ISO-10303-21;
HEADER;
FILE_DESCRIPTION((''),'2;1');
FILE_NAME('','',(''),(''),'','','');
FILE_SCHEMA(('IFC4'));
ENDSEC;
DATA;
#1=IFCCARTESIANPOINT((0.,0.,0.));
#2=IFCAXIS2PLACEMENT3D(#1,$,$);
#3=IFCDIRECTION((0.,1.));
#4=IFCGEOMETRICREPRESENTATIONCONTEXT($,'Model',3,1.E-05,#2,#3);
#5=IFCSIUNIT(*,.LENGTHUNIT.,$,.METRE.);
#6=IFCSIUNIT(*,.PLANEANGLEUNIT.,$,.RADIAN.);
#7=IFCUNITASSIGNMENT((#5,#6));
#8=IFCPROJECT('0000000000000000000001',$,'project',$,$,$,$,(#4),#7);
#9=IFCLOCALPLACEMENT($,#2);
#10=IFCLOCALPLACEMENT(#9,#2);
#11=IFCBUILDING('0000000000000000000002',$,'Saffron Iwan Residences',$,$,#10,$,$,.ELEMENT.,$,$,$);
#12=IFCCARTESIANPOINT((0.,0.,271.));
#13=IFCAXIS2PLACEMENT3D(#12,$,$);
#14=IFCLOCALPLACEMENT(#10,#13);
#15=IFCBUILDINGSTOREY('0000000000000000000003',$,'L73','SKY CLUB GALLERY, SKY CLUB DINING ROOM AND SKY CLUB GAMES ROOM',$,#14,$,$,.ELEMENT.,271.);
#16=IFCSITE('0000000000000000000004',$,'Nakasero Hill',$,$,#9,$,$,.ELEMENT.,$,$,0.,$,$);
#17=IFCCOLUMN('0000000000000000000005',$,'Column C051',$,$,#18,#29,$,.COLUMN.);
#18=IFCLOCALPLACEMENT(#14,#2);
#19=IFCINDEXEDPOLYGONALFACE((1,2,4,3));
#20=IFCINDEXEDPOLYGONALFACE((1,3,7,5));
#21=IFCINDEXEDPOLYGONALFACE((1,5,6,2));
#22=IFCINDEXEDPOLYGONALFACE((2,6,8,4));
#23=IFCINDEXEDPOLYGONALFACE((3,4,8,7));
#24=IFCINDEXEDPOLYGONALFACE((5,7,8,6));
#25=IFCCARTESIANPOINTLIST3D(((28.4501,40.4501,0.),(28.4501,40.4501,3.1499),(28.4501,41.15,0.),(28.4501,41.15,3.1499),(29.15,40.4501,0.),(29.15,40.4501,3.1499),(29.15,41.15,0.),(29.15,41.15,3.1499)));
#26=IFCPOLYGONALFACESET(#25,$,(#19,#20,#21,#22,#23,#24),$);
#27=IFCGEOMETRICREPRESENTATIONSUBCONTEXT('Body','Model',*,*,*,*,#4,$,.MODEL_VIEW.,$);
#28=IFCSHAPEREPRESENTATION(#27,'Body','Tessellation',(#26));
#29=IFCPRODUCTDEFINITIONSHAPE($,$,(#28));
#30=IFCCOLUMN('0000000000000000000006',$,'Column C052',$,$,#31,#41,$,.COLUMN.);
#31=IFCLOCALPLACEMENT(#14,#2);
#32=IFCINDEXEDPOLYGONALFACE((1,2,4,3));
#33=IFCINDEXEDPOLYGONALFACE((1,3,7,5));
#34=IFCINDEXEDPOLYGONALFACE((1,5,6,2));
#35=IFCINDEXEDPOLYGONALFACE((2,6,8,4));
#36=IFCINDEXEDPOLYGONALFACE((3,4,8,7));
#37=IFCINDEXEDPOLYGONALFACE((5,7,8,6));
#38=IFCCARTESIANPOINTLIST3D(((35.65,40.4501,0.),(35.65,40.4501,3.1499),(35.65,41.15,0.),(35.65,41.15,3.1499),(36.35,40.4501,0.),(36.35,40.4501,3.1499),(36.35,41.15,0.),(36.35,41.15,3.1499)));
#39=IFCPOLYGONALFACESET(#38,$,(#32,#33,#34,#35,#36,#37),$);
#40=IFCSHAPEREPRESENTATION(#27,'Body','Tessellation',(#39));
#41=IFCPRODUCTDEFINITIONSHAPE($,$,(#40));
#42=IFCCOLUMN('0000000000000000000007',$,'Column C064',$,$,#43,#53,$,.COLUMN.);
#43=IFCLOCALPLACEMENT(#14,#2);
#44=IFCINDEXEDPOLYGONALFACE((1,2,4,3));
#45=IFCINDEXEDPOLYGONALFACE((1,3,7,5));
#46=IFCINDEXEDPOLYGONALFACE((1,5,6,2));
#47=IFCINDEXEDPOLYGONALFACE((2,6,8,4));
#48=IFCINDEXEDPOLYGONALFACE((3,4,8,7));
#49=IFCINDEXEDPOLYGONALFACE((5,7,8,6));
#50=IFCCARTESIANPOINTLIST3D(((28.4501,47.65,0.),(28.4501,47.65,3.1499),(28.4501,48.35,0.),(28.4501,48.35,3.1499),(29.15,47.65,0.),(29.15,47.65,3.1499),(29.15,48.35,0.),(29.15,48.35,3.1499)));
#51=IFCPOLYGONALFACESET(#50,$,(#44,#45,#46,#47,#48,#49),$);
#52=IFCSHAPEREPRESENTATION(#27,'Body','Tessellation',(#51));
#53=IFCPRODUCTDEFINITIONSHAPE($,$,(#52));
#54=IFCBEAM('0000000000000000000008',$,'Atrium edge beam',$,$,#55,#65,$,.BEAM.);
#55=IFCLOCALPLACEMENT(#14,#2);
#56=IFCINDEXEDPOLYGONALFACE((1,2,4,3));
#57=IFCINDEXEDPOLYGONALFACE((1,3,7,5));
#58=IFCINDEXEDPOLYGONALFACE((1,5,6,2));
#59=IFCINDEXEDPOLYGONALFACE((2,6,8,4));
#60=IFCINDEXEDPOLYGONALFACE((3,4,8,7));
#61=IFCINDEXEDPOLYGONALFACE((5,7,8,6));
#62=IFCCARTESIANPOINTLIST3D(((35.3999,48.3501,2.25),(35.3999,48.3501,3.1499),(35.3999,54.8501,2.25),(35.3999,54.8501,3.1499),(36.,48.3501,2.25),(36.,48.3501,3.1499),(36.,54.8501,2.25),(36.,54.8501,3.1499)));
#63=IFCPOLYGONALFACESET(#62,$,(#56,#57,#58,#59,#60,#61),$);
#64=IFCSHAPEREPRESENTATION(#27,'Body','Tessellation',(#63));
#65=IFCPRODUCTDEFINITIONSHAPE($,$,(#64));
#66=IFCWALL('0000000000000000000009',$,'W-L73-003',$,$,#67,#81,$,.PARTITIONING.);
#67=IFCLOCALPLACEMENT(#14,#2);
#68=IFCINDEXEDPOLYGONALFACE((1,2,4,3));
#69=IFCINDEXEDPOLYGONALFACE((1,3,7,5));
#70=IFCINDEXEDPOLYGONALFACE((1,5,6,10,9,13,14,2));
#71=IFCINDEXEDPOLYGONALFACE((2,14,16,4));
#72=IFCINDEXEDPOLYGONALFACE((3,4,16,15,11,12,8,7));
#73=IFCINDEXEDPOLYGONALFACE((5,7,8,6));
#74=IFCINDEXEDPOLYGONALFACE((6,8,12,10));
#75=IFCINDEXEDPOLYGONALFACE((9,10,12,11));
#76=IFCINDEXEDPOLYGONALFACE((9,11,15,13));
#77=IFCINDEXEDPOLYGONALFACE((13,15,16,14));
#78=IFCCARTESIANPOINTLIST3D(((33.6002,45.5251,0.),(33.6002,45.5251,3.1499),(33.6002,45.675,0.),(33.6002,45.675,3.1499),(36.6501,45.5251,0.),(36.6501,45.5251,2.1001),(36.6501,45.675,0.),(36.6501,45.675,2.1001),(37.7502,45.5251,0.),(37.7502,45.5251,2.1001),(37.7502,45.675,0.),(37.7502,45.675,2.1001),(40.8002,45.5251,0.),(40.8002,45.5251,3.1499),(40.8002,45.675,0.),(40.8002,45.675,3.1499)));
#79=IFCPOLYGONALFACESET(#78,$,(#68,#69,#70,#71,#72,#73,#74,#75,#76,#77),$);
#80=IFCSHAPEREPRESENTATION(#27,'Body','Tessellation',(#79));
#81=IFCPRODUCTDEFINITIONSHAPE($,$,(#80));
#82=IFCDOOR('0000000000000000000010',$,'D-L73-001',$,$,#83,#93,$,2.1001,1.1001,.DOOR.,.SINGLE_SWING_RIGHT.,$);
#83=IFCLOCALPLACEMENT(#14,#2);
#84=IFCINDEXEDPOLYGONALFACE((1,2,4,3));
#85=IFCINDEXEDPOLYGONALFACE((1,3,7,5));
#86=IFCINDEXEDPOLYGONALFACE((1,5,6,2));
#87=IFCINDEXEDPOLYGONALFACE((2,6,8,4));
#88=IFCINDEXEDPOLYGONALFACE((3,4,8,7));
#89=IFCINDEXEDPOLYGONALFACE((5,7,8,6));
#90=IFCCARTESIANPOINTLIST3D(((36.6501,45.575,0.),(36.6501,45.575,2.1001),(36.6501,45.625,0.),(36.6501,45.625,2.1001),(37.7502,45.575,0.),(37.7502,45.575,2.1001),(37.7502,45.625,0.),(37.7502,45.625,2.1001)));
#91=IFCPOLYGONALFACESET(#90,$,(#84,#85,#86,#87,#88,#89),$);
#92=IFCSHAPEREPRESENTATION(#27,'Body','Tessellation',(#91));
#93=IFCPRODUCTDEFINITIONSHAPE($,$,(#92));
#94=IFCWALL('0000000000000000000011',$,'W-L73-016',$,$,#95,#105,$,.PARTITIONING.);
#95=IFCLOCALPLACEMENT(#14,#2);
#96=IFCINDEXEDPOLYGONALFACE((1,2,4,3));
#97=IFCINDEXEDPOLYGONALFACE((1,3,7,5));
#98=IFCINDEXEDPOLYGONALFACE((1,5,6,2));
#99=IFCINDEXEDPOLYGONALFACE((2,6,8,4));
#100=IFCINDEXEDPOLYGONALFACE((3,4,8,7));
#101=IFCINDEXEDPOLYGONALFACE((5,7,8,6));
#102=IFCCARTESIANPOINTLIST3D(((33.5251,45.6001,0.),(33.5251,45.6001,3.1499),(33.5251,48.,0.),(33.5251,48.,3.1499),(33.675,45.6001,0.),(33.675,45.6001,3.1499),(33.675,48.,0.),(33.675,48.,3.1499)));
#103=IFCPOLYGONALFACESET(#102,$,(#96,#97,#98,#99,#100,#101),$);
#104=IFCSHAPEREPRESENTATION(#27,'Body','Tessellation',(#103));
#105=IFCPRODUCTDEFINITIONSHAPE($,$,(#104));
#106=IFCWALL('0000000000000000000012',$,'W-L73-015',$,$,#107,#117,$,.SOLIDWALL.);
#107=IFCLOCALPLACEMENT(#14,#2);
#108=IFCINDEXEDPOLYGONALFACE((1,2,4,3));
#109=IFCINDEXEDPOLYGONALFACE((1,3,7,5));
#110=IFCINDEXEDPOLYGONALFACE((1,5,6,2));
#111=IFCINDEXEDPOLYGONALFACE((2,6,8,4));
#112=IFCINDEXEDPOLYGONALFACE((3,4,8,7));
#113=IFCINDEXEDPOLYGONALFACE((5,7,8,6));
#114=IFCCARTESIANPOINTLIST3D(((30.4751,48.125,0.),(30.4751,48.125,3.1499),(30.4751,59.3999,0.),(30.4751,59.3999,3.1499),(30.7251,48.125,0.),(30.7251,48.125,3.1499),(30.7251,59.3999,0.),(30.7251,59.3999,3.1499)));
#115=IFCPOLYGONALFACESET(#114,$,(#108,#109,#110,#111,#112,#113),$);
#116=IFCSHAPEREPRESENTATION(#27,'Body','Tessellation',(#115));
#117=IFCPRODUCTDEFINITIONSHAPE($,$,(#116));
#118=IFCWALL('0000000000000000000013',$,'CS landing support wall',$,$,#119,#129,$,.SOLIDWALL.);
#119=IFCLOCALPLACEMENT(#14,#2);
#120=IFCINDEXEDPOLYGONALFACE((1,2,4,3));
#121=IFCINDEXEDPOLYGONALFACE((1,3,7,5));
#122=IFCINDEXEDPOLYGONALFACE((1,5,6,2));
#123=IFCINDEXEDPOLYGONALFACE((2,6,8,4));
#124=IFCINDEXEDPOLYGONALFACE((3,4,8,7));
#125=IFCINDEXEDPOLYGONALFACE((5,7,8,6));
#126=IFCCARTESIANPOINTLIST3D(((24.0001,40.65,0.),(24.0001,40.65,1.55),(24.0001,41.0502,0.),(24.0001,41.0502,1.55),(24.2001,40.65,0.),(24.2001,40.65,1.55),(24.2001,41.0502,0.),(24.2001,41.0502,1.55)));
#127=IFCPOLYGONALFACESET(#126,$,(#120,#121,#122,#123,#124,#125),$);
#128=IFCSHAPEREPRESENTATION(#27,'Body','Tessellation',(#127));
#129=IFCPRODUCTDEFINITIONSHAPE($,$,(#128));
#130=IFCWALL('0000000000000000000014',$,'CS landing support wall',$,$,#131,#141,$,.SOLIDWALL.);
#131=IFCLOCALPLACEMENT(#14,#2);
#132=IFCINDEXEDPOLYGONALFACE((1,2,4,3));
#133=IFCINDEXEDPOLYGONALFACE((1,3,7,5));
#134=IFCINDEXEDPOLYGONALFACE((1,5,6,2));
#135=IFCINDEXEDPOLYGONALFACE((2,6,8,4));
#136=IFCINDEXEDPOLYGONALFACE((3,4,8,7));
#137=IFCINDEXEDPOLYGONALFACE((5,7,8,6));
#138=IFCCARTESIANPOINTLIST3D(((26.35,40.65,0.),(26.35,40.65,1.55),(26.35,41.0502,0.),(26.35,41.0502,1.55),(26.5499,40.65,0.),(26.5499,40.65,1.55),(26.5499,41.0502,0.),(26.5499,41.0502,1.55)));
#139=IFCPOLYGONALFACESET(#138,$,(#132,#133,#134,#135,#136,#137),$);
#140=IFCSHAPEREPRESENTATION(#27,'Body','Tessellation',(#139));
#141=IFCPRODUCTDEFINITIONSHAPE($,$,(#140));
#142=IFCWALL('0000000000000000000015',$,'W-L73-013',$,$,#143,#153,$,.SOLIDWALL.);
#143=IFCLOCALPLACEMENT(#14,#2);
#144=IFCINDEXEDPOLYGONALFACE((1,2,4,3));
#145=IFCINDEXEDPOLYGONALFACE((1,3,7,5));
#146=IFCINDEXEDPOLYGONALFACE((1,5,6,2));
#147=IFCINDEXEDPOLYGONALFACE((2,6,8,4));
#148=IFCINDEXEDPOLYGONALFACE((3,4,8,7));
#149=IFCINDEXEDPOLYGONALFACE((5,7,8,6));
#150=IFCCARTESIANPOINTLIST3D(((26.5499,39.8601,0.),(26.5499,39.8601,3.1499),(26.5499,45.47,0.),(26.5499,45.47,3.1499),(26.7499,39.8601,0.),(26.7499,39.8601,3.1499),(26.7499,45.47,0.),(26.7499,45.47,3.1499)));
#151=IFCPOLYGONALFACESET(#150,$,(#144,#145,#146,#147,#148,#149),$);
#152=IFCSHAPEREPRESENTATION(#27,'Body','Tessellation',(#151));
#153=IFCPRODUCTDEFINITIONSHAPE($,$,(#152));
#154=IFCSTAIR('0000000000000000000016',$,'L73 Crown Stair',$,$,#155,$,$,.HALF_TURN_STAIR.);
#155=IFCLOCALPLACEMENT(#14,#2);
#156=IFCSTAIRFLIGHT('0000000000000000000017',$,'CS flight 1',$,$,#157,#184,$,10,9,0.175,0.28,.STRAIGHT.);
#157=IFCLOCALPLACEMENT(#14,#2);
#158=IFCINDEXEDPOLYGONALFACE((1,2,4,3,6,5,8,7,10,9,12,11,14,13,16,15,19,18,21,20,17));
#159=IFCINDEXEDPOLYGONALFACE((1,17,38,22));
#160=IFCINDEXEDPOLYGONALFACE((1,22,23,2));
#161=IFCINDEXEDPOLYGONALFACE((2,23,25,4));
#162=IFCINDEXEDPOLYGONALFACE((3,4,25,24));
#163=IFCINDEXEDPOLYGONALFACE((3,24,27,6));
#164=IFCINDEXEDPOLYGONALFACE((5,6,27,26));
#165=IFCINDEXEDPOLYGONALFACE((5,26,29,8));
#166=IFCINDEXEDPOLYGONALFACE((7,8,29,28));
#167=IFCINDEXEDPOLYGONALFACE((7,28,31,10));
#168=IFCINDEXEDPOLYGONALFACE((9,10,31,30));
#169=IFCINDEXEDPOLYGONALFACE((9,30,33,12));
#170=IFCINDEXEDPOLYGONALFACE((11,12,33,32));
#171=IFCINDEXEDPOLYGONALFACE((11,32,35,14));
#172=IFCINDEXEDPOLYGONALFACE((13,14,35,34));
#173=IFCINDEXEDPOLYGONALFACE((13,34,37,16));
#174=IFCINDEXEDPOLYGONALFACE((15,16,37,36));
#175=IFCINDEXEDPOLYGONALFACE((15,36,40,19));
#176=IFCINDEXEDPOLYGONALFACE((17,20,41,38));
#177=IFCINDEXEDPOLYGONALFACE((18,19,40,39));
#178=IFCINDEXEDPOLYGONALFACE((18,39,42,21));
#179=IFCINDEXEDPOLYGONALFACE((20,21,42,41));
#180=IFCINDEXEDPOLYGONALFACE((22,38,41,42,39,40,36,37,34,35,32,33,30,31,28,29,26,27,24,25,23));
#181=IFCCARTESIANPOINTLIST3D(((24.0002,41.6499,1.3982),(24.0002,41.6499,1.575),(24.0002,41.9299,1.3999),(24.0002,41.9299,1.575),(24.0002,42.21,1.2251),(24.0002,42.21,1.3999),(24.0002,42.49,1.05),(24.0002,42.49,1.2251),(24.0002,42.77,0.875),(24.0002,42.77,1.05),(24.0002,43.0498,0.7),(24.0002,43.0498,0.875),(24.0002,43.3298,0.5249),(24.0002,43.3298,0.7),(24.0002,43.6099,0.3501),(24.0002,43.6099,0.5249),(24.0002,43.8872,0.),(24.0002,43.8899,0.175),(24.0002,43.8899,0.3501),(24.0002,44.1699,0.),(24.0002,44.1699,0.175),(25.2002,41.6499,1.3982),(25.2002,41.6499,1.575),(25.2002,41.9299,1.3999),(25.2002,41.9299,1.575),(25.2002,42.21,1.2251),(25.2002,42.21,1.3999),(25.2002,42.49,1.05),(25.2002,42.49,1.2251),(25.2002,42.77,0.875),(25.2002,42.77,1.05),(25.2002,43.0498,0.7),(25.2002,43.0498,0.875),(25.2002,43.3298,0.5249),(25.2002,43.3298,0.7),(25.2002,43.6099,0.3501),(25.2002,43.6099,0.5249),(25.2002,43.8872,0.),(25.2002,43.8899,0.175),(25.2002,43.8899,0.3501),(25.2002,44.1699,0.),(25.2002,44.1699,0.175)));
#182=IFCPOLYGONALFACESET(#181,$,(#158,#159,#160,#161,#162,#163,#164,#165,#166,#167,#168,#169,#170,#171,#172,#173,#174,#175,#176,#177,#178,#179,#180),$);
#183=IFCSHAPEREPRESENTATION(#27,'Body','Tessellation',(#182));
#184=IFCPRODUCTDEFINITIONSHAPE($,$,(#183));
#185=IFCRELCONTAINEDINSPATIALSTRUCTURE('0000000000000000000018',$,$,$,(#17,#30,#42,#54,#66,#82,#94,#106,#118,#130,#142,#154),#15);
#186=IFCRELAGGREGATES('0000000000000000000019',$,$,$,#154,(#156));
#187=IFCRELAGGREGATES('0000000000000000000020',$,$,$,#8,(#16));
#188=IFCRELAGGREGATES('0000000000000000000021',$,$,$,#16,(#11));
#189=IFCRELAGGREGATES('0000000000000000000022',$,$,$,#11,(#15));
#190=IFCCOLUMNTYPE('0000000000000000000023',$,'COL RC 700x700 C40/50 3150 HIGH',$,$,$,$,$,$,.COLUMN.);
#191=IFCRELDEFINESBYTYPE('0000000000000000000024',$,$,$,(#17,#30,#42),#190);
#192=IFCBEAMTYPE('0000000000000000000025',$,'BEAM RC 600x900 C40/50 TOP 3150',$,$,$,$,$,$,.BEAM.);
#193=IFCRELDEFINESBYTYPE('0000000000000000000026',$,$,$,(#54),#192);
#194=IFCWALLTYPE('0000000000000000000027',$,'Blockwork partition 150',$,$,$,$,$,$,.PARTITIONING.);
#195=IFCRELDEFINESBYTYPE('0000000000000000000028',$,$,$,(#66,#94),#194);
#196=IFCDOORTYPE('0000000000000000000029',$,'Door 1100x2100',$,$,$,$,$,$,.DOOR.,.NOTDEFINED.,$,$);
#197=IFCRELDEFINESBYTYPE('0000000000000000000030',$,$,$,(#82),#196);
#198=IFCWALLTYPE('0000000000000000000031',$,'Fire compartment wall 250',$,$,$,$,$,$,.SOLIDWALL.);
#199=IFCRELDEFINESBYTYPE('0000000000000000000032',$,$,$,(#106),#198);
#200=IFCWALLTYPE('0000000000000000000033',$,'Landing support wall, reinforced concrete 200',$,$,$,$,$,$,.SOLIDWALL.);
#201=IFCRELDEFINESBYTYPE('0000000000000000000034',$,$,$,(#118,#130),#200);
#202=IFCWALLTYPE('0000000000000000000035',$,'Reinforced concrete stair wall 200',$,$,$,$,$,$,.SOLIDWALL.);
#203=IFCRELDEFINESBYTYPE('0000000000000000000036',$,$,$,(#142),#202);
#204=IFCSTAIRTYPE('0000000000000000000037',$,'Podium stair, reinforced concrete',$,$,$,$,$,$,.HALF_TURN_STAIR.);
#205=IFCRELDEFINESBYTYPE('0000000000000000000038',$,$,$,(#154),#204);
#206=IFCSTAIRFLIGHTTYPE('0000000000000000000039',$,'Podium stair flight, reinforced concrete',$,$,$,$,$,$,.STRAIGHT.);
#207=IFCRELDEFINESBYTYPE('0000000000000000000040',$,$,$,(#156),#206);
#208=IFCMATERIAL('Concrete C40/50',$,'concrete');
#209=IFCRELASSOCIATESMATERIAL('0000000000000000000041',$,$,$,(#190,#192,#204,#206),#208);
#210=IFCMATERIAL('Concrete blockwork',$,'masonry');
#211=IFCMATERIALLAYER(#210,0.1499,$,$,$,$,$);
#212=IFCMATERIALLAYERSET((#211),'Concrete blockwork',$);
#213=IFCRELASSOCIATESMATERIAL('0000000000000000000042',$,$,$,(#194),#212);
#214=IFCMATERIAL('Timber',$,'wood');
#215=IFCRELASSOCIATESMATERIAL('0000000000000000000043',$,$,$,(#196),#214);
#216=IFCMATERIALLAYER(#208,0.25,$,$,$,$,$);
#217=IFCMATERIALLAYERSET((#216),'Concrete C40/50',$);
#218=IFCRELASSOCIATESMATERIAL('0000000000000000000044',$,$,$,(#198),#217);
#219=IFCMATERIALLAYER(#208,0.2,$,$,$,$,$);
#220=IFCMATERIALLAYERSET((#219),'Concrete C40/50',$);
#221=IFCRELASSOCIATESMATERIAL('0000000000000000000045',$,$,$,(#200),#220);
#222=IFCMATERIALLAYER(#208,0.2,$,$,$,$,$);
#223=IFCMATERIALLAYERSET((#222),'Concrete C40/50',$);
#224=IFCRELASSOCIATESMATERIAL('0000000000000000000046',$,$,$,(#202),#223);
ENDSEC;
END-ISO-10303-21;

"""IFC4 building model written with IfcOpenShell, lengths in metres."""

from ifc_helpers import new_model, si_unit, direction, frame, frame_2d, origin, origin_2d, place, context, subcontext, project, spatial, polyline, rectangle, outline, extrude, source, transform, mapped, material, layer, layer_set, material_profile, profile_set, type_object, element, fill, aggregate, save


model = new_model("IFC4")

# Units and contexts
model_context = context("Model", 3, precision=1e-05, world=origin(), true_north=direction((0.0, 1.0)))
body_context = subcontext(model_context, "Body", "Model", "MODEL_VIEW")
ifc_project = project(units=[si_unit("LENGTHUNIT", "METRE"), si_unit("PLANEANGLEUNIT", "RADIAN")], contexts=[model_context])

# Site, building, storey
site_placement = place(None, origin())
site = spatial("IfcSite", under=ifc_project, at=site_placement, Name="Nakasero Hill", CompositionType="ELEMENT", RefElevation=0.0)
building_placement = place(site_placement, origin())
building = spatial("IfcBuilding", under=site, at=building_placement, Name="Saffron Iwan Residences", CompositionType="ELEMENT")
storey_placement = place(building_placement, frame((0.0, 0.0, 271.0)))
storey = spatial("IfcBuildingStorey", under=building, at=storey_placement, Name="L73", Description="SKY CLUB GALLERY, SKY CLUB DINING ROOM AND SKY CLUB GAMES ROOM", CompositionType="ELEMENT", Elevation=271.0)

# Columns
ifc_material_1 = material(Name="Concrete C40/50", Category="concrete")
ifc_material_profile_1 = material_profile(ifc_material_1, rectangle(XDim=0.7, YDim=0.7, at=origin_2d()), Name="RC 700x700")
ifc_profile_set_1 = profile_set([ifc_material_profile_1], Name="Concrete C40/50")
column_type = type_object("IfcColumnType", Name="COL RC 700x700 C40/50 3150 HIGH", PredefinedType="COLUMN", material=ifc_profile_set_1)
shared_shape_1 = source(origin(), body_context, "Body", "SweptSolid", [
    extrude(rectangle(XDim=0.7, YDim=0.7, at=origin_2d()), origin(), (0.0, 0.0, 1.0), 3.1499),
])
for number, where, z_axis, x_axis, name in (
    (1, (28.8, 40.8, 0.0), (0.0, 0.0, 1.0), (1.0, 0.0, 0.0), "Column C051"),
    (2, (36.0, 40.8, 0.0), (0.0, 0.0, 1.0), (1.0, 0.0, 0.0), "Column C052"),
    (3, (28.8, 48.0, 0.0), (0.0, 0.0, 1.0), (1.0, 0.0, 0.0), "Column C064"),
):
    element("IfcColumn", number, at=place(storey_placement, frame(where, z_axis=z_axis, x_axis=x_axis)), inside=storey, type_object=column_type, Name=name, PredefinedType="COLUMN", context=body_context, shape_type="MappedRepresentation", body=[
        mapped(shared_shape_1, transform((0.0, 0.0, 0.0))),
    ])

# Beam
ifc_material_profile_2 = material_profile(ifc_material_1, rectangle(XDim=0.6001, YDim=0.8999, at=origin_2d()), Name="RC 600x900")
ifc_profile_set_2 = profile_set([ifc_material_profile_2], Name="Concrete C40/50")
beam_type = type_object("IfcBeamType", Name="BEAM RC 600x900 C40/50 TOP 3150", PredefinedType="BEAM", material=ifc_profile_set_2)
shared_shape_2 = source(origin(), body_context, "Body", "SweptSolid", [
    extrude(rectangle(XDim=0.6001, YDim=0.8999, at=origin_2d()), origin(), (0.0, 0.0, 1.0), 6.5),
])
beam_placement = place(storey_placement, frame((35.7, 48.3501, 2.7), z_axis=(0.0, 1.0, 0.0), x_axis=(-1.0, 0.0, 0.0)))
element("IfcBeam", 4, at=beam_placement, inside=storey, type_object=beam_type, Name="Atrium edge beam", PredefinedType="BEAM", context=body_context, shape_type="MappedRepresentation", body=[
    mapped(shared_shape_2, transform((0.0, 0.0, 0.0))),
])

# Wall, opening, door
ifc_material_2 = material(Name="Concrete blockwork", Category="masonry")
ifc_layer_1 = layer(ifc_material_2, 0.1499)
ifc_layer_set_1 = layer_set([ifc_layer_1], Name="Concrete blockwork")
wall_type_1 = type_object("IfcWallType", Name="Blockwork partition 150", PredefinedType="PARTITIONING", material=ifc_layer_set_1)
wall_1_placement = place(storey_placement, frame((33.6001, 45.6001, 0.0), z_axis=(0.0, 0.0, 1.0), x_axis=(1.0, 0.0, 0.0)))
wall_1 = element("IfcWall", 5, at=wall_1_placement, inside=storey, type_object=wall_type_1, Name="W-L73-003", PredefinedType="PARTITIONING", context=body_context, shape_type="SweptSolid", body=[
    extrude(rectangle(XDim=7.2, YDim=0.1499, at=frame_2d((3.6001, 0.0))), origin(), (0.0, 0.0, 1.0), 3.1499),
])
opening_placement = place(wall_1_placement, frame((3.05, 0.0, 0.0)))
opening = element("IfcOpeningElement", 6, at=opening_placement, cuts=wall_1, PredefinedType="OPENING", context=body_context, shape_type="SweptSolid", body=[
    extrude(rectangle(XDim=1.1001, YDim=2.1001, at=frame_2d((0.55, 1.05))), frame((0.0, 0.085, 0.0), z_axis=(0.0, -1.0, 0.0), x_axis=(1.0, 0.0, 0.0)), (0.0, 0.0, 1.0), 0.1699),
])
ifc_material_3 = material(Name="Timber", Category="wood")
door_type = type_object("IfcDoorType", Name="Door 1100x2100", OperationType="NOTDEFINED", PredefinedType="DOOR", material=ifc_material_3)
door_placement = place(opening_placement, origin())
door = element("IfcDoor", 7, at=door_placement, inside=storey, type_object=door_type, Name="D-L73-001", OperationType="SINGLE_SWING_RIGHT", OverallHeight=2.1001, OverallWidth=1.1001, PredefinedType="DOOR", context=body_context, shape_type="SweptSolid", body=[
    extrude(rectangle(XDim=1.1001, YDim=2.1001, at=frame_2d((0.55, 1.05))), frame((0.0, 0.0249, 0.0), z_axis=(0.0, -1.0, 0.0), x_axis=(1.0, 0.0, 0.0)), (0.0, 0.0, 1.0), 0.05),
])
fill(opening, door)

# Walls
wall_2_placement = place(storey_placement, frame((33.6001, 45.6001, 0.0), z_axis=(0.0, 0.0, 1.0), x_axis=(0.0, 1.0, 0.0)))
element("IfcWall", 8, at=wall_2_placement, inside=storey, type_object=wall_type_1, Name="W-L73-016", PredefinedType="PARTITIONING", context=body_context, shape_type="SweptSolid", body=[
    extrude(rectangle(XDim=2.3999, YDim=0.1499, at=frame_2d((1.2, 0.0))), origin(), (0.0, 0.0, 1.0), 3.1499),
])
ifc_layer_2 = layer(ifc_material_1, 0.25)
ifc_layer_set_2 = layer_set([ifc_layer_2], Name="Concrete C40/50")
wall_type_2 = type_object("IfcWallType", Name="Fire compartment wall 250", PredefinedType="SOLIDWALL", material=ifc_layer_set_2)
wall_3_placement = place(storey_placement, frame((30.6001, 48.125, 0.0), z_axis=(0.0, 0.0, 1.0), x_axis=(0.0, 1.0, 0.0)))
element("IfcWall", 9, at=wall_3_placement, inside=storey, type_object=wall_type_2, Name="W-L73-015", PredefinedType="SOLIDWALL", context=body_context, shape_type="SweptSolid", body=[
    extrude(rectangle(XDim=11.2749, YDim=0.25, at=frame_2d((5.6375, 0.0))), origin(), (0.0, 0.0, 1.0), 3.1499),
])
ifc_layer_3 = layer(ifc_material_1, 0.2)
ifc_layer_set_3 = layer_set([ifc_layer_3], Name="Concrete C40/50")
wall_type_3 = type_object("IfcWallType", Name="Landing support wall, reinforced concrete 200", PredefinedType="SOLIDWALL", material=ifc_layer_set_3)
for number, where, z_axis, x_axis, name in (
    (10, (24.1001, 40.6499, 0.0), (0.0, 0.0, 1.0), (0.0, 1.0, 0.0), "CS landing support wall"),
    (11, (26.45, 40.6499, 0.0), (0.0, 0.0, 1.0), (0.0, 1.0, 0.0), "CS landing support wall"),
):
    element("IfcWall", number, at=place(storey_placement, frame(where, z_axis=z_axis, x_axis=x_axis)), inside=storey, type_object=wall_type_3, Name=name, PredefinedType="SOLIDWALL", context=body_context, shape_type="SweptSolid", body=[
        extrude(rectangle(XDim=0.4001, YDim=0.2, at=frame_2d((0.2002, 0.0))), origin(), (0.0, 0.0, 1.0), 1.55),
    ])
ifc_layer_4 = layer(ifc_material_1, 0.2)
ifc_layer_set_4 = layer_set([ifc_layer_4], Name="Concrete C40/50")
wall_type_4 = type_object("IfcWallType", Name="Reinforced concrete stair wall 200", PredefinedType="SOLIDWALL", material=ifc_layer_set_4)
wall_4_placement = place(storey_placement, frame((26.6499, 39.8601, 0.0), z_axis=(0.0, 0.0, 1.0), x_axis=(0.0, 1.0, 0.0)))
element("IfcWall", 12, at=wall_4_placement, inside=storey, type_object=wall_type_4, Name="W-L73-013", PredefinedType="SOLIDWALL", context=body_context, shape_type="SweptSolid", body=[
    extrude(rectangle(XDim=5.6099, YDim=0.2, at=frame_2d((2.8049, 0.0))), origin(), (0.0, 0.0, 1.0), 3.1499),
])

# Stair, stair flight
stair_type = type_object("IfcStairType", Name="Podium stair, reinforced concrete", PredefinedType="HALF_TURN_STAIR", material=ifc_material_1)
stair_placement = place(storey_placement, origin())
stair = element("IfcStair", 13, at=stair_placement, inside=storey, type_object=stair_type, Name="L73 Crown Stair", PredefinedType="HALF_TURN_STAIR")
stair_flight_type = type_object("IfcStairFlightType", Name="Podium stair flight, reinforced concrete", PredefinedType="STRAIGHT", material=ifc_material_1)
stair_flight_1_placement = place(storey_placement, frame((24.6001, 44.1699, 0.0), z_axis=(0.0, 0.0, 1.0), x_axis=(0.0, -1.0, 0.0)))
stair_flight_1 = element("IfcStairFlight", 14, at=stair_flight_1_placement, type_object=stair_flight_type, Name="CS flight 1", NumberOfRisers=10, NumberOfTreads=9, PredefinedType="STRAIGHT", RiserHeight=0.175, TreadLength=0.28, context=body_context, shape_type="SweptSolid", body=[
    extrude(outline(polyline([(0.0, 0.0), (0.0, 0.175), (0.28, 0.175), (0.28, 0.3501), (0.5601, 0.3501), (0.5601, 0.5249), (0.8401, 0.5249), (0.8401, 0.7), (1.1201, 0.7), (1.1201, 0.875), (1.3999, 0.875), (1.3999, 1.05), (1.6799, 1.05), (1.6799, 1.2251), (1.96, 1.2251), (1.96, 1.3999), (2.24, 1.3999), (2.24, 1.575), (2.52, 1.575), (2.52, 1.75), (2.52, 1.3982), (0.2827, 0.0), (0.0, 0.0)])), frame((0.0, 0.6001, 0.0), z_axis=(0.0, -1.0, 0.0), x_axis=(1.0, 0.0, 0.0)), (0.0, 0.0, 1.0), 1.2),
])
aggregate(stair, [stair_flight_1])

save(model, "model.ifc")
